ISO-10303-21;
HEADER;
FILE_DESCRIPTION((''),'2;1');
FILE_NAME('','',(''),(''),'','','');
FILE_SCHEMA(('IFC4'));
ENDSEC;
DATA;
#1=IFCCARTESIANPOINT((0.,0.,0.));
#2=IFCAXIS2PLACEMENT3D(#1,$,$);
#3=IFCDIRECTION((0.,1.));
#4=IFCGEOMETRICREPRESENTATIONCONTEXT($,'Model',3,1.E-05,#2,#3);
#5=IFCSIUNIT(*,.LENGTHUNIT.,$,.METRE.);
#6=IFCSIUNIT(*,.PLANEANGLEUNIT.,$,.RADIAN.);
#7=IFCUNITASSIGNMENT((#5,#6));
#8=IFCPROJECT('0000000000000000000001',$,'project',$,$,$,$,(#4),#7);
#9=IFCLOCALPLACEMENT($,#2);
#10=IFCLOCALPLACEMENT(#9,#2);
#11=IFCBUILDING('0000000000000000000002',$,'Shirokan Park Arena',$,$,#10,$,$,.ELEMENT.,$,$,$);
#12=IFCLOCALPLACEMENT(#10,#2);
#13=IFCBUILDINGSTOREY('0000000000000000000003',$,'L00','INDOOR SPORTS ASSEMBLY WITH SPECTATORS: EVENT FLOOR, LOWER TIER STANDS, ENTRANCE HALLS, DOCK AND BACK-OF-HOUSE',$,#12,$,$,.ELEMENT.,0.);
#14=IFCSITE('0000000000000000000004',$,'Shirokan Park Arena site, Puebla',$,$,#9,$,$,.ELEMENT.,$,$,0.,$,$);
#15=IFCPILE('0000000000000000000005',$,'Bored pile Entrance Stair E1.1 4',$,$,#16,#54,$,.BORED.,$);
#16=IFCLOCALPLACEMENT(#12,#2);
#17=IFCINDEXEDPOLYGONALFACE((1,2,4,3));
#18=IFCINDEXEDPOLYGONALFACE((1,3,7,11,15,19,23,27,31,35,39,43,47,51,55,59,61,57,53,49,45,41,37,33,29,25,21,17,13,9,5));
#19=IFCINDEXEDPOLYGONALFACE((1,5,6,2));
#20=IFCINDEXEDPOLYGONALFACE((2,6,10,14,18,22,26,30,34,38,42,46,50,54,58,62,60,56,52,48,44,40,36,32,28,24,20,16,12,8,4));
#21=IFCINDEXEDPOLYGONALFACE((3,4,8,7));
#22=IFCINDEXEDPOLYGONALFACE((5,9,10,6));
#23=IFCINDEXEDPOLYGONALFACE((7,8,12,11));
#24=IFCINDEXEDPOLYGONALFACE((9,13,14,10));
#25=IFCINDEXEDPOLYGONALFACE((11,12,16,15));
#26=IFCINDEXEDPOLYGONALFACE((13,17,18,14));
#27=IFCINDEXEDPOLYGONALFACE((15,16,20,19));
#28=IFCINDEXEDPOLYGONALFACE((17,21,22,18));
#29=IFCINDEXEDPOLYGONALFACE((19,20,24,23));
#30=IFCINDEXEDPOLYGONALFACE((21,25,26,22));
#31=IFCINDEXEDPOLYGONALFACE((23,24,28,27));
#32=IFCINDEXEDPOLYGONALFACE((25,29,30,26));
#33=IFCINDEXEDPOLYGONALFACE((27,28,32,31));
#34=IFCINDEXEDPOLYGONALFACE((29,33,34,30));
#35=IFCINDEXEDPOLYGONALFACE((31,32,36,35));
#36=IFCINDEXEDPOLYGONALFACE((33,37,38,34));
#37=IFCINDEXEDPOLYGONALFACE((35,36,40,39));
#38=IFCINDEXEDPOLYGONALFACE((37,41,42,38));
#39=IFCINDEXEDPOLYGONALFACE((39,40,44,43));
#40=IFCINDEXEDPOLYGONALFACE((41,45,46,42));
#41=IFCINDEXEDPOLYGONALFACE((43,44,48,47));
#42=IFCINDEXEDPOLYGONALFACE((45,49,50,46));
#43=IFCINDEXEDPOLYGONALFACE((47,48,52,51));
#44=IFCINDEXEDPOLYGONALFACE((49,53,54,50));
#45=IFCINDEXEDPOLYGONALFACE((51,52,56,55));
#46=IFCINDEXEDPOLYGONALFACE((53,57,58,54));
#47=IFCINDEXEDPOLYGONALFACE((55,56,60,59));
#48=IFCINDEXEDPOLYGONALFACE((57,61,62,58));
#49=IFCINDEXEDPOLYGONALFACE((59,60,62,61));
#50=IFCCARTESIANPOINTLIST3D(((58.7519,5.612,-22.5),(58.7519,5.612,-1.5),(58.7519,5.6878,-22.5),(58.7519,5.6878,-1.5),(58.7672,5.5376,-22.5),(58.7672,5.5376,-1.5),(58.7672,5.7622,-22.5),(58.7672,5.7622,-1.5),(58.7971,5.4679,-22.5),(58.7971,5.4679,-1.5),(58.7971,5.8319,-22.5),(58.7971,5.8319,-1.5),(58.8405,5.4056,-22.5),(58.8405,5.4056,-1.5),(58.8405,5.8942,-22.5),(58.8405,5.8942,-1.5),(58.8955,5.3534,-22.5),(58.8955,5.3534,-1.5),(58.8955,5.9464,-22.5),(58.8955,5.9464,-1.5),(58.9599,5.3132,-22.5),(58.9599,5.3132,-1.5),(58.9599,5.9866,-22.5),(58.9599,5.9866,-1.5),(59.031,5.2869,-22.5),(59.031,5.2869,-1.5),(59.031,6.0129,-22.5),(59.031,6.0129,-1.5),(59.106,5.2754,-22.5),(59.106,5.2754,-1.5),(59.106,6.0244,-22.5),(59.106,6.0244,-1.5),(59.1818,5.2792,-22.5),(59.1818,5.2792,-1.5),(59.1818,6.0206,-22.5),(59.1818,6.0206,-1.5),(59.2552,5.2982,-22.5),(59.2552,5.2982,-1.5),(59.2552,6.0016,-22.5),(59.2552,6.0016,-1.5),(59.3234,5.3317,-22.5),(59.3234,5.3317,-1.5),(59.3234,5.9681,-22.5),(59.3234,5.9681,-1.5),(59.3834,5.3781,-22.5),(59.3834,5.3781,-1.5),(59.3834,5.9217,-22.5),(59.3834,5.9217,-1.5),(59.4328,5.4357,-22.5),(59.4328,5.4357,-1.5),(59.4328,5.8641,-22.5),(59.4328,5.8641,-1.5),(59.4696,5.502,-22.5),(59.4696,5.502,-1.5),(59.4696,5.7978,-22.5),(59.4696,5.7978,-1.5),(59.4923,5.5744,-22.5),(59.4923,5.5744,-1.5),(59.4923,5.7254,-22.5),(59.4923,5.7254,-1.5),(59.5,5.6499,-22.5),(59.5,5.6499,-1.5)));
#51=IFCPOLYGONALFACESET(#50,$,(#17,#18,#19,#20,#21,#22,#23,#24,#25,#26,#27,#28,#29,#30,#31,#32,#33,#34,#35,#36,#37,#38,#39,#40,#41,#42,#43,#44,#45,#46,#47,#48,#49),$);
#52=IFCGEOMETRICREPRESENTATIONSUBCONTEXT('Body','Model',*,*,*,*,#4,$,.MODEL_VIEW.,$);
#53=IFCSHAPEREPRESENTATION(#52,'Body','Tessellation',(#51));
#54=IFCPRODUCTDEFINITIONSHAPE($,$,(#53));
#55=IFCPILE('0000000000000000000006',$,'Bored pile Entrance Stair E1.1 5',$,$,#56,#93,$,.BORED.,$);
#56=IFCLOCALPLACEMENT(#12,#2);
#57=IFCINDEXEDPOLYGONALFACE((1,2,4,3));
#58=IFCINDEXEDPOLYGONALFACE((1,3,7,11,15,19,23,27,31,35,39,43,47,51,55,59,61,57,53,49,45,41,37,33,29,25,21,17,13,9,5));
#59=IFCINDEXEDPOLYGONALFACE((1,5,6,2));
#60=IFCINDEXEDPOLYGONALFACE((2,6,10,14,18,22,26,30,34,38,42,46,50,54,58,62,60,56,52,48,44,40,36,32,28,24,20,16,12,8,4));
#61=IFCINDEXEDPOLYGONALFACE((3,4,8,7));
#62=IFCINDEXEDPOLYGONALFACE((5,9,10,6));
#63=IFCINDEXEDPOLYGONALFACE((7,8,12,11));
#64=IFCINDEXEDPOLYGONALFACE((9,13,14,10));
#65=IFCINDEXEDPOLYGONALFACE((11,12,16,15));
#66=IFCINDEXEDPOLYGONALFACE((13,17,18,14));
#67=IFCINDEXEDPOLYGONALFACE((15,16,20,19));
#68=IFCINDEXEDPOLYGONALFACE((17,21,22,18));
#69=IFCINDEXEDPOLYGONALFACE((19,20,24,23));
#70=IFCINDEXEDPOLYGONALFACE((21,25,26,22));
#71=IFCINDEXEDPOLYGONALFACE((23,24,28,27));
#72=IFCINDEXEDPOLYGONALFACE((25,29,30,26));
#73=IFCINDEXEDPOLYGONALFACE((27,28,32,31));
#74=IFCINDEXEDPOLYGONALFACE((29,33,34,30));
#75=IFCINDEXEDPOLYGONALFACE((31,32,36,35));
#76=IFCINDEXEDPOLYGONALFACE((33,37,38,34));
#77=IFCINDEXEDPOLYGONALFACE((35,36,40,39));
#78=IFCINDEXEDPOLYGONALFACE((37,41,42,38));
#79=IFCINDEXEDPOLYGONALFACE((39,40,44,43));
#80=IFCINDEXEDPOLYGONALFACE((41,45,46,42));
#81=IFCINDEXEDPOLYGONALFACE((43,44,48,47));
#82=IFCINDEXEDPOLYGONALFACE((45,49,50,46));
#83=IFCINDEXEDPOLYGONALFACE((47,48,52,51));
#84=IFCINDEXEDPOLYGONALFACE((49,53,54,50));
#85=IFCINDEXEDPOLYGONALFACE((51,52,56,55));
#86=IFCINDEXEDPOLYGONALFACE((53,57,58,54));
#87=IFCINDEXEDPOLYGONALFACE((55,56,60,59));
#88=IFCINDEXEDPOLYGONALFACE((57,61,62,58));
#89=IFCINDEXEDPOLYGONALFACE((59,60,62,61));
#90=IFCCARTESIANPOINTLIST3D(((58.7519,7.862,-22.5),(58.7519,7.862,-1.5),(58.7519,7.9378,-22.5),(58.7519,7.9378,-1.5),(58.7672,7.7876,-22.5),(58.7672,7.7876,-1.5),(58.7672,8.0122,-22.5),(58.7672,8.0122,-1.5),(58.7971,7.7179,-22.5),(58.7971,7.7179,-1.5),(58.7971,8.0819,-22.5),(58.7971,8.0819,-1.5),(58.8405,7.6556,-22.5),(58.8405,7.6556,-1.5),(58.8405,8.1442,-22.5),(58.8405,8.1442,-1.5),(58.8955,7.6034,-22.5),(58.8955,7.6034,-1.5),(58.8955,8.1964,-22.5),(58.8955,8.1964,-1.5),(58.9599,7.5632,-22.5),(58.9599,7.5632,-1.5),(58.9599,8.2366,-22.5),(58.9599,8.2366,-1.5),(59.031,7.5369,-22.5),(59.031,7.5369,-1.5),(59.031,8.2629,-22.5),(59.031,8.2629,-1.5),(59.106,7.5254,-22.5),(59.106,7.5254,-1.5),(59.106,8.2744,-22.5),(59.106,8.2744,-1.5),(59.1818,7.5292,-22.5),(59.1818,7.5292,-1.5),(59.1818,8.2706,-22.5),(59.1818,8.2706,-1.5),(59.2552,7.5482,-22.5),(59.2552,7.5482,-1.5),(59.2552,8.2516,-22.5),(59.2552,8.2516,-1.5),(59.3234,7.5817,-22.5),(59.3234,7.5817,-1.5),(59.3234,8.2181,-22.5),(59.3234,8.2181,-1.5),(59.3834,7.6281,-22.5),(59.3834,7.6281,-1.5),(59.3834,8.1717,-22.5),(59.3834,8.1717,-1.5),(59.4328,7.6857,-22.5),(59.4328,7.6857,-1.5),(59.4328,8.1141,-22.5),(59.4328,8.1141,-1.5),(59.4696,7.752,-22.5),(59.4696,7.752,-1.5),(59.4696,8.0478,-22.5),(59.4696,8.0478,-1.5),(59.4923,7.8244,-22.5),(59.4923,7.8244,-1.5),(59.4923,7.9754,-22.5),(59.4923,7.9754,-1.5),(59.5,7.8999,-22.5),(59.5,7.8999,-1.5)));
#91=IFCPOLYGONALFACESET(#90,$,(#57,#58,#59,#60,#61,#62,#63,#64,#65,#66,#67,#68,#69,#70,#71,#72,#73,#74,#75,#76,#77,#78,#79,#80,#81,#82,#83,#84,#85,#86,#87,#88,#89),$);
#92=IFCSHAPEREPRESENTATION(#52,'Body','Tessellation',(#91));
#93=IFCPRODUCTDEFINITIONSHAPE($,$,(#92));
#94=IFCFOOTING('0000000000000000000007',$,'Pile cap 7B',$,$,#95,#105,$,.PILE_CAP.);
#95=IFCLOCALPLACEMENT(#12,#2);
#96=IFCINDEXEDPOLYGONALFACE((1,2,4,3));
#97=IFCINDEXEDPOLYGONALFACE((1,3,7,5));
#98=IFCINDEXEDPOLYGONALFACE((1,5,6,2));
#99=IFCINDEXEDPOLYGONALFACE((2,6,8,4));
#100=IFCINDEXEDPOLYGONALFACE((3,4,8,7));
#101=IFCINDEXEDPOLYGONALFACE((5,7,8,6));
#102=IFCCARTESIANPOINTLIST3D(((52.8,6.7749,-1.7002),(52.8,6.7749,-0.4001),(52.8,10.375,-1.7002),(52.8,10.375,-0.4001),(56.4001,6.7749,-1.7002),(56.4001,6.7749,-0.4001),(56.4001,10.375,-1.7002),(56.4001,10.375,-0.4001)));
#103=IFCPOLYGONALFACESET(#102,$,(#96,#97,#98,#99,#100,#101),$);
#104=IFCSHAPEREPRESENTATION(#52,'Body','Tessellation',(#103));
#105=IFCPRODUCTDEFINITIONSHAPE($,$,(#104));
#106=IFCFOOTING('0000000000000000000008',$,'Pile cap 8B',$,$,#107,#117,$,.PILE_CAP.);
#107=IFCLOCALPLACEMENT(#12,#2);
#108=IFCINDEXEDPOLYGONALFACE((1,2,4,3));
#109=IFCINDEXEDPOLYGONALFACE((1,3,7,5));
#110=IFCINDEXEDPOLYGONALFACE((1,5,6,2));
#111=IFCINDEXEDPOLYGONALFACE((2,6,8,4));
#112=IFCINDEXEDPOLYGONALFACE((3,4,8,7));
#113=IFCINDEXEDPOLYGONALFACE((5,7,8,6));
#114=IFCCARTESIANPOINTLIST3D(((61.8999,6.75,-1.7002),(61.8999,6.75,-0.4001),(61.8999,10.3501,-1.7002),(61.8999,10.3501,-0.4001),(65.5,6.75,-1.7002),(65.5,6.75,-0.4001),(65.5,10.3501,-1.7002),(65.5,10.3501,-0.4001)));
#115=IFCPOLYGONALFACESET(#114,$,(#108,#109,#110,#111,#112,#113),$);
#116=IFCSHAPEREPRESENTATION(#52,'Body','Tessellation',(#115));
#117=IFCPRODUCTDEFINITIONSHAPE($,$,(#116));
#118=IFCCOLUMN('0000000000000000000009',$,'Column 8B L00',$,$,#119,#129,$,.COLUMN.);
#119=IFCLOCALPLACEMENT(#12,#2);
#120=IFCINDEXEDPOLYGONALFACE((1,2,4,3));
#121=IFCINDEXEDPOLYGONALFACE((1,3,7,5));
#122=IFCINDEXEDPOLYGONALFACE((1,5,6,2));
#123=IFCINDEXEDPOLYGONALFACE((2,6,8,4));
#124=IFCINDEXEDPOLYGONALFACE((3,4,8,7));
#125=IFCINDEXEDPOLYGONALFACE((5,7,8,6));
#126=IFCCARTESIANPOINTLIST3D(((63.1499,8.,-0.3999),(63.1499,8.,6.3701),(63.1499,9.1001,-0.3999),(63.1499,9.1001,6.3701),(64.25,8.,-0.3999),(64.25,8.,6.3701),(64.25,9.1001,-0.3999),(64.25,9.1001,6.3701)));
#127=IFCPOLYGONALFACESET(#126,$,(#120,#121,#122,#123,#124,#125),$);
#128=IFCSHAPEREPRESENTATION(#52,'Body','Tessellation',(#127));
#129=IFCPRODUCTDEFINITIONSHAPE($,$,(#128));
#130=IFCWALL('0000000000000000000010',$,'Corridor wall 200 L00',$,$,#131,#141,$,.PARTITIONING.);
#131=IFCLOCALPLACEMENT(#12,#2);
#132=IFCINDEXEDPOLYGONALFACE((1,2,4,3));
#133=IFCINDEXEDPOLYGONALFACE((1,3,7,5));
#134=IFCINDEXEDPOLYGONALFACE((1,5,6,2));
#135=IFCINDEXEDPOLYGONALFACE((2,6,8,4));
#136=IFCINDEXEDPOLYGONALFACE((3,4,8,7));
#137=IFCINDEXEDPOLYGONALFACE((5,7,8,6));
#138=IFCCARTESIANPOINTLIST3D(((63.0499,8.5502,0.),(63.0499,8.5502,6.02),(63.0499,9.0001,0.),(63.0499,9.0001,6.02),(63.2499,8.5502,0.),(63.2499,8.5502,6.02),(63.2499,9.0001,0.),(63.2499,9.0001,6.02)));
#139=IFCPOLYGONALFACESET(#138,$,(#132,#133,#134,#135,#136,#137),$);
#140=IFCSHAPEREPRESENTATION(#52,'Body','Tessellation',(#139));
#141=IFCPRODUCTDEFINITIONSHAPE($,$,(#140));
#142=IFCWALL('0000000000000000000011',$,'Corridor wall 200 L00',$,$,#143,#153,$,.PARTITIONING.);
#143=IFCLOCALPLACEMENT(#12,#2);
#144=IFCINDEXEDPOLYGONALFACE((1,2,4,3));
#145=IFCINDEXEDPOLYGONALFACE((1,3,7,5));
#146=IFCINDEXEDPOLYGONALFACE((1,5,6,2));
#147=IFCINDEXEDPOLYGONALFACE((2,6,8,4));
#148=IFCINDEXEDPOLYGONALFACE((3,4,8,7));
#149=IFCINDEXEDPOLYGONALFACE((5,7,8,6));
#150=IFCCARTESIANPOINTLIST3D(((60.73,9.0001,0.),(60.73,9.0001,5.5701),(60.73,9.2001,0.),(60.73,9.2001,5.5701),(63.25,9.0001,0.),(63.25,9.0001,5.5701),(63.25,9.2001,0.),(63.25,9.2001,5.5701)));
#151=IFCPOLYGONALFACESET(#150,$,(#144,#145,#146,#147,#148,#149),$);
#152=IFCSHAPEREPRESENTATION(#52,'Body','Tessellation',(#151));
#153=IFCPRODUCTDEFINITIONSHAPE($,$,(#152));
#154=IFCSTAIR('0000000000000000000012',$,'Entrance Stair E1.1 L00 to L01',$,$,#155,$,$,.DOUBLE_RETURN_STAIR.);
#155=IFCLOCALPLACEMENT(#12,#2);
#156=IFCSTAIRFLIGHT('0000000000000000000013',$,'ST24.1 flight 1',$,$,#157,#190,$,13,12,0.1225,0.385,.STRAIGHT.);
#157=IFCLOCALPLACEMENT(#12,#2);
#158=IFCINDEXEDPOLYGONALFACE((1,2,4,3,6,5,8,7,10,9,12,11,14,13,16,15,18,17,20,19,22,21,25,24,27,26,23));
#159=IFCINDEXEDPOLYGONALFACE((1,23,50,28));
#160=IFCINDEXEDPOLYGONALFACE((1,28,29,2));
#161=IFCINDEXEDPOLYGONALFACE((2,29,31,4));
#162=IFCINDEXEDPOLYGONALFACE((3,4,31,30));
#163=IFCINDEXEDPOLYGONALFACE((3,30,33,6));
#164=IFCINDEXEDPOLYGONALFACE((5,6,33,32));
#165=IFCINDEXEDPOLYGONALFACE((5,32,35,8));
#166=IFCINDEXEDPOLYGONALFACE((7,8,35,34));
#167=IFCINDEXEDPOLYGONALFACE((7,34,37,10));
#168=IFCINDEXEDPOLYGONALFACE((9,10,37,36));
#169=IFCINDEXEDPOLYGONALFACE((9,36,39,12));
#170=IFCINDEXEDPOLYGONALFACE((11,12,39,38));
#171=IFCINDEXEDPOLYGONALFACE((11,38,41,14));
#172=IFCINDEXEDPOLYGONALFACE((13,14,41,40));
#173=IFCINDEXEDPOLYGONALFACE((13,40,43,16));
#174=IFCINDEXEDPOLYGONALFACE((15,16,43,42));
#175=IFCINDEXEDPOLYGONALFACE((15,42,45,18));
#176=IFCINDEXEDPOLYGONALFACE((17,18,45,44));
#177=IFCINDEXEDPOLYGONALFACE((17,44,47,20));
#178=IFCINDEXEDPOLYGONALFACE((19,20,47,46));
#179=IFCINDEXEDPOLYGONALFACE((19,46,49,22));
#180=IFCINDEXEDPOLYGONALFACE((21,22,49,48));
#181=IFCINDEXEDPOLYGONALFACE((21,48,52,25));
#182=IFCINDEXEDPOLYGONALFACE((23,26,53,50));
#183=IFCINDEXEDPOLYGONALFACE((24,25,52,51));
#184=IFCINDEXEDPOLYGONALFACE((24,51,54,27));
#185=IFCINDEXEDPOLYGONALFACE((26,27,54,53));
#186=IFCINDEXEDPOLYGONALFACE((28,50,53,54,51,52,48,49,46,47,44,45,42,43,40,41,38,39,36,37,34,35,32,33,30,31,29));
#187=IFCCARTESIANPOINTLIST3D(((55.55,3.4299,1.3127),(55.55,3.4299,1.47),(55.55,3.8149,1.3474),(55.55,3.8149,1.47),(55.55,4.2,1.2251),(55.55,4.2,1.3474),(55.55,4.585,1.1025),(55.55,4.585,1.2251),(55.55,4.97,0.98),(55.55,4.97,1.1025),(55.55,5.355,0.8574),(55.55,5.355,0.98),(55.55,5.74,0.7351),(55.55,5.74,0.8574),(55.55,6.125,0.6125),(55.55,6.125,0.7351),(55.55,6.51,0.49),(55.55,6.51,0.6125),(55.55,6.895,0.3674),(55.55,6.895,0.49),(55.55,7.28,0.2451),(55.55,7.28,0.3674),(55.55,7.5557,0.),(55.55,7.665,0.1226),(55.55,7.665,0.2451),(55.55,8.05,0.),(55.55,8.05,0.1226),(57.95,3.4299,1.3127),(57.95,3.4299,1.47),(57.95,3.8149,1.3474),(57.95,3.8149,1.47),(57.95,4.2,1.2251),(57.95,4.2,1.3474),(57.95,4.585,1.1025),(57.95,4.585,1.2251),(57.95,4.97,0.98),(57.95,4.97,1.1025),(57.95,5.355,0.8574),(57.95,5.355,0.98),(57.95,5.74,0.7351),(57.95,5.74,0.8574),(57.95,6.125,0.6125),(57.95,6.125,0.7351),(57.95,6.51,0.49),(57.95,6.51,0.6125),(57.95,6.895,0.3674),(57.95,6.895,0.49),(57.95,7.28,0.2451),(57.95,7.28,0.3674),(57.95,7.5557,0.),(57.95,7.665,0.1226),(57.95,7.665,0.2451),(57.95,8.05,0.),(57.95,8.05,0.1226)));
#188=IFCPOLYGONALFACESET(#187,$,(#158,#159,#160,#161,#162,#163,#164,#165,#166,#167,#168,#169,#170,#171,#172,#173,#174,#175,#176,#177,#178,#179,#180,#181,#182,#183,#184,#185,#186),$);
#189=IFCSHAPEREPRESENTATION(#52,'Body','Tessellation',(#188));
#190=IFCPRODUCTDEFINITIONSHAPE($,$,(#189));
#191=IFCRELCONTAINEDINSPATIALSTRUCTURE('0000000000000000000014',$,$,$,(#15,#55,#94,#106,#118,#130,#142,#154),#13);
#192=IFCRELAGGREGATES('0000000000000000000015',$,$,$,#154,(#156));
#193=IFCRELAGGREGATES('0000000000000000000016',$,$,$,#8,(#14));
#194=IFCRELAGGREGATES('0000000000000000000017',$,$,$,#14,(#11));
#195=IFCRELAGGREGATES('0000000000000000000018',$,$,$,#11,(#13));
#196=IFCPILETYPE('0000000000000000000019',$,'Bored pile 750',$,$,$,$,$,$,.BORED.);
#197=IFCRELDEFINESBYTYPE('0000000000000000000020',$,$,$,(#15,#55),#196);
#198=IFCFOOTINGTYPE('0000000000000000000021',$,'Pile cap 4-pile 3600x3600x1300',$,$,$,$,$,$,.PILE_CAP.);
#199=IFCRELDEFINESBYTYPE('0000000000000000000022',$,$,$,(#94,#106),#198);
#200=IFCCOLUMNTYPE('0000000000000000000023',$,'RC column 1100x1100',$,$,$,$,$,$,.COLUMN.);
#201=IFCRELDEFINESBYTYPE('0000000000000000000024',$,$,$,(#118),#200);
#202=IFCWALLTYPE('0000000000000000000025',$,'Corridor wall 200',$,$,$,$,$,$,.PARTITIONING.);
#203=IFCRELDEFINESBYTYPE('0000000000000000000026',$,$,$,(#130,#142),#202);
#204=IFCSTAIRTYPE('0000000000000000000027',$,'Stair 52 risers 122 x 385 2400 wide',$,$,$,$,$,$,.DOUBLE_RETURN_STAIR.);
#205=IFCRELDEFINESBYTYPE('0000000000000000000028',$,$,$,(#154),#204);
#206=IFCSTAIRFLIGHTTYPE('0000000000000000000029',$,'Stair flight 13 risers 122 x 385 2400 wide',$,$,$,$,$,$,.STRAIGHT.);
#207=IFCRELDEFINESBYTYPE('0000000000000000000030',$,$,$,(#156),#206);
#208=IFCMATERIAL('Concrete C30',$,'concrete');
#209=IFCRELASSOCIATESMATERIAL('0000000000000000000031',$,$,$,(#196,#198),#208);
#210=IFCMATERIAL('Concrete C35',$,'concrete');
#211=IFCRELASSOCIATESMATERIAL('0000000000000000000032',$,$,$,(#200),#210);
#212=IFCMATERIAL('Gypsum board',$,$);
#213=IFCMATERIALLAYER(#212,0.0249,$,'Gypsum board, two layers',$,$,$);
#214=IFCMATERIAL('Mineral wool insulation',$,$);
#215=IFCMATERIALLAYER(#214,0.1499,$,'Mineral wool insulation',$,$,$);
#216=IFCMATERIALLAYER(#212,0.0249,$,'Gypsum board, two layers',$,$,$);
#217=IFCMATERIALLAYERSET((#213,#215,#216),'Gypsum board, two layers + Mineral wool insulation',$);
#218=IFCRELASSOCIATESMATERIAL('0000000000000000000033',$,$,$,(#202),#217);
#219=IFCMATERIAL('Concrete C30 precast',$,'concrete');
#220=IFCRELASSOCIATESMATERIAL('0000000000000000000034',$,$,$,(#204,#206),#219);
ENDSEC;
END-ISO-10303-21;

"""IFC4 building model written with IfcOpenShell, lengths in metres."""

from ifc_helpers import new_model, si_unit, direction, frame, frame_2d, origin, origin_2d, place, context, subcontext, project, spatial, polyline, rectangle, circle, outline, extrude, material, layer, layer_set, material_profile, profile_set, type_object, element, aggregate, save


model = new_model("IFC4")

# Units and contexts
model_context = context("Model", 3, precision=1e-05, world=origin(), true_north=direction((0.0, 1.0)))
body_context = subcontext(model_context, "Body", "Model", "MODEL_VIEW")
ifc_project = project(units=[si_unit("LENGTHUNIT", "METRE"), si_unit("PLANEANGLEUNIT", "RADIAN")], contexts=[model_context])

# Site, building, storey
site_placement = place(None, origin())
site = spatial("IfcSite", under=ifc_project, at=site_placement, Name="Shirokan Park Arena site, Puebla", CompositionType="ELEMENT", RefElevation=0.0)
building_placement = place(site_placement, origin())
building = spatial("IfcBuilding", under=site, at=building_placement, Name="Shirokan Park Arena", CompositionType="ELEMENT")
storey_placement = place(building_placement, origin())
storey = spatial("IfcBuildingStorey", under=building, at=storey_placement, Name="L00", Description="INDOOR SPORTS ASSEMBLY WITH SPECTATORS: EVENT FLOOR, LOWER TIER STANDS, ENTRANCE HALLS, DOCK AND BACK-OF-HOUSE", CompositionType="ELEMENT", Elevation=0.0)

# Piles
ifc_material_1 = material(Name="Concrete C30", Category="concrete")
ifc_material_profile_1 = material_profile(ifc_material_1, circle(Radius=0.375, at=origin_2d()), Name="D750")
ifc_profile_set_1 = profile_set([ifc_material_profile_1], Name="Concrete C30")
pile_type = type_object("IfcPileType", Name="Bored pile 750", PredefinedType="BORED", material=ifc_profile_set_1)
for number, where, z_axis, x_axis, name in (
    (1, (59.125, 5.6499, -1.5), (0.0, 0.0, -1.0), (1.0, 0.0, 0.0), "Bored pile Entrance Stair E1.1 4"),
    (2, (59.125, 7.8999, -1.5), (0.0, 0.0, -1.0), (1.0, 0.0, 0.0), "Bored pile Entrance Stair E1.1 5"),
):
    element("IfcPile", number, at=place(storey_placement, frame(where, z_axis=z_axis, x_axis=x_axis)), inside=storey, type_object=pile_type, Name=name, PredefinedType="BORED", context=body_context, shape_type="SweptSolid", body=[
        extrude(circle(Radius=0.375, at=origin_2d()), origin(), (0.0, 0.0, 1.0), 21.0),
    ])

# Footings
footing_type = type_object("IfcFootingType", Name="Pile cap 4-pile 3600x3600x1300", PredefinedType="PILE_CAP", material=ifc_material_1)
for number, where, z_axis, x_axis, name in (
    (3, (54.6001, 8.575, -1.7002), (0.0, 0.0, 1.0), (1.0, 0.0, 0.0), "Pile cap 7B"),
    (4, (63.7, 8.55, -1.7002), (0.0, 0.0, 1.0), (1.0, 0.0, 0.0), "Pile cap 8B"),
):
    element("IfcFooting", number, at=place(storey_placement, frame(where, z_axis=z_axis, x_axis=x_axis)), inside=storey, type_object=footing_type, Name=name, PredefinedType="PILE_CAP", context=body_context, shape_type="SweptSolid", body=[
        extrude(rectangle(XDim=3.6001, YDim=3.6001, at=origin_2d()), origin(), (0.0, 0.0, 1.0), 1.3),
    ])

# Column
ifc_material_2 = material(Name="Concrete C35", Category="concrete")
ifc_material_profile_2 = material_profile(ifc_material_2, rectangle(XDim=1.1001, YDim=1.1001, at=origin_2d()), Name="1100x1100")
ifc_profile_set_2 = profile_set([ifc_material_profile_2], Name="Concrete C35")
column_type = type_object("IfcColumnType", Name="RC column 1100x1100", PredefinedType="COLUMN", material=ifc_profile_set_2)
column_placement = place(storey_placement, frame((63.7, 8.55, -0.3999), z_axis=(0.0, 0.0, 1.0), x_axis=(1.0, 0.0, 0.0)))
element("IfcColumn", 5, at=column_placement, inside=storey, type_object=column_type, Name="Column 8B L00", PredefinedType="COLUMN", context=body_context, shape_type="SweptSolid", body=[
    extrude(rectangle(XDim=1.1001, YDim=1.1001, at=origin_2d()), origin(), (0.0, 0.0, 1.0), 6.77),
])

# Walls
ifc_material_3 = material(Name="Gypsum board")
ifc_layer_1 = layer(ifc_material_3, 0.0249, Name="Gypsum board, two layers")
ifc_material_4 = material(Name="Mineral wool insulation")
ifc_layer_2 = layer(ifc_material_4, 0.1499, Name="Mineral wool insulation")
ifc_layer_3 = layer(ifc_material_3, 0.0249, Name="Gypsum board, two layers")
ifc_layer_set = layer_set([ifc_layer_1, ifc_layer_2, ifc_layer_3], Name="Gypsum board, two layers + Mineral wool insulation")
wall_type = type_object("IfcWallType", Name="Corridor wall 200", PredefinedType="PARTITIONING", material=ifc_layer_set)
wall_1_placement = place(storey_placement, frame((63.1499, 8.55, 0.0), z_axis=(0.0, 0.0, 1.0), x_axis=(0.0, 1.0, 0.0)))
element("IfcWall", 6, at=wall_1_placement, inside=storey, type_object=wall_type, Name="Corridor wall 200 L00", PredefinedType="PARTITIONING", context=body_context, shape_type="SweptSolid", body=[
    extrude(rectangle(XDim=0.45, YDim=0.2, at=frame_2d((0.2251, 0.0))), origin(), (0.0, 0.0, 1.0), 6.02),
])
wall_2_placement = place(storey_placement, frame((63.25, 9.1001, 0.0), z_axis=(0.0, 0.0, 1.0), x_axis=(-1.0, 0.0, 0.0)))
element("IfcWall", 7, at=wall_2_placement, inside=storey, type_object=wall_type, Name="Corridor wall 200 L00", PredefinedType="PARTITIONING", context=body_context, shape_type="SweptSolid", body=[
    extrude(rectangle(XDim=2.52, YDim=0.2, at=frame_2d((1.26, 0.0))), origin(), (0.0, 0.0, 1.0), 5.5701),
])

# Stair, stair flight
ifc_material_5 = material(Name="Concrete C30 precast", Category="concrete")
stair_type = type_object("IfcStairType", Name="Stair 52 risers 122 x 385 2400 wide", PredefinedType="DOUBLE_RETURN_STAIR", material=ifc_material_5)
stair_placement = place(storey_placement, origin())
stair = element("IfcStair", 8, at=stair_placement, inside=storey, type_object=stair_type, Name="Entrance Stair E1.1 L00 to L01", PredefinedType="DOUBLE_RETURN_STAIR")
stair_flight_type = type_object("IfcStairFlightType", Name="Stair flight 13 risers 122 x 385 2400 wide", PredefinedType="STRAIGHT", material=ifc_material_5)
stair_flight_1_placement = place(storey_placement, frame((56.75, 8.05, 0.0), z_axis=(0.0, 0.0, 1.0), x_axis=(0.0, -1.0, 0.0)))
stair_flight_1 = element("IfcStairFlight", 9, at=stair_flight_1_placement, type_object=stair_flight_type, Name="ST24.1 flight 1", NumberOfRisers=13, NumberOfTreads=12, PredefinedType="STRAIGHT", RiserHeight=0.1225, TreadLength=0.385, context=body_context, shape_type="SweptSolid", body=[
    extrude(outline(polyline([(0.0, 0.0), (0.0, 0.1226), (0.385, 0.1226), (0.385, 0.2451), (0.77, 0.2451), (0.77, 0.3674), (1.155, 0.3674), (1.155, 0.49), (1.54, 0.49), (1.54, 0.6125), (1.925, 0.6125), (1.925, 0.7351), (2.3101, 0.7351), (2.3101, 0.8574), (2.6951, 0.8574), (2.6951, 0.98), (3.0801, 0.98), (3.0801, 1.1025), (3.4651, 1.1025), (3.4651, 1.2251), (3.8501, 1.2251), (3.8501, 1.3474), (4.2351, 1.3474), (4.2351, 1.47), (4.6201, 1.47), (4.6201, 1.5925), (4.6201, 1.3127), (0.4944, 0.0), (0.0, 0.0)])), frame((0.0, 1.2, 0.0), z_axis=(0.0, -1.0, 0.0), x_axis=(1.0, 0.0, 0.0)), (0.0, 0.0, 1.0), 2.3999),
])
aggregate(stair, [stair_flight_1])

save(model, "model.ifc")
